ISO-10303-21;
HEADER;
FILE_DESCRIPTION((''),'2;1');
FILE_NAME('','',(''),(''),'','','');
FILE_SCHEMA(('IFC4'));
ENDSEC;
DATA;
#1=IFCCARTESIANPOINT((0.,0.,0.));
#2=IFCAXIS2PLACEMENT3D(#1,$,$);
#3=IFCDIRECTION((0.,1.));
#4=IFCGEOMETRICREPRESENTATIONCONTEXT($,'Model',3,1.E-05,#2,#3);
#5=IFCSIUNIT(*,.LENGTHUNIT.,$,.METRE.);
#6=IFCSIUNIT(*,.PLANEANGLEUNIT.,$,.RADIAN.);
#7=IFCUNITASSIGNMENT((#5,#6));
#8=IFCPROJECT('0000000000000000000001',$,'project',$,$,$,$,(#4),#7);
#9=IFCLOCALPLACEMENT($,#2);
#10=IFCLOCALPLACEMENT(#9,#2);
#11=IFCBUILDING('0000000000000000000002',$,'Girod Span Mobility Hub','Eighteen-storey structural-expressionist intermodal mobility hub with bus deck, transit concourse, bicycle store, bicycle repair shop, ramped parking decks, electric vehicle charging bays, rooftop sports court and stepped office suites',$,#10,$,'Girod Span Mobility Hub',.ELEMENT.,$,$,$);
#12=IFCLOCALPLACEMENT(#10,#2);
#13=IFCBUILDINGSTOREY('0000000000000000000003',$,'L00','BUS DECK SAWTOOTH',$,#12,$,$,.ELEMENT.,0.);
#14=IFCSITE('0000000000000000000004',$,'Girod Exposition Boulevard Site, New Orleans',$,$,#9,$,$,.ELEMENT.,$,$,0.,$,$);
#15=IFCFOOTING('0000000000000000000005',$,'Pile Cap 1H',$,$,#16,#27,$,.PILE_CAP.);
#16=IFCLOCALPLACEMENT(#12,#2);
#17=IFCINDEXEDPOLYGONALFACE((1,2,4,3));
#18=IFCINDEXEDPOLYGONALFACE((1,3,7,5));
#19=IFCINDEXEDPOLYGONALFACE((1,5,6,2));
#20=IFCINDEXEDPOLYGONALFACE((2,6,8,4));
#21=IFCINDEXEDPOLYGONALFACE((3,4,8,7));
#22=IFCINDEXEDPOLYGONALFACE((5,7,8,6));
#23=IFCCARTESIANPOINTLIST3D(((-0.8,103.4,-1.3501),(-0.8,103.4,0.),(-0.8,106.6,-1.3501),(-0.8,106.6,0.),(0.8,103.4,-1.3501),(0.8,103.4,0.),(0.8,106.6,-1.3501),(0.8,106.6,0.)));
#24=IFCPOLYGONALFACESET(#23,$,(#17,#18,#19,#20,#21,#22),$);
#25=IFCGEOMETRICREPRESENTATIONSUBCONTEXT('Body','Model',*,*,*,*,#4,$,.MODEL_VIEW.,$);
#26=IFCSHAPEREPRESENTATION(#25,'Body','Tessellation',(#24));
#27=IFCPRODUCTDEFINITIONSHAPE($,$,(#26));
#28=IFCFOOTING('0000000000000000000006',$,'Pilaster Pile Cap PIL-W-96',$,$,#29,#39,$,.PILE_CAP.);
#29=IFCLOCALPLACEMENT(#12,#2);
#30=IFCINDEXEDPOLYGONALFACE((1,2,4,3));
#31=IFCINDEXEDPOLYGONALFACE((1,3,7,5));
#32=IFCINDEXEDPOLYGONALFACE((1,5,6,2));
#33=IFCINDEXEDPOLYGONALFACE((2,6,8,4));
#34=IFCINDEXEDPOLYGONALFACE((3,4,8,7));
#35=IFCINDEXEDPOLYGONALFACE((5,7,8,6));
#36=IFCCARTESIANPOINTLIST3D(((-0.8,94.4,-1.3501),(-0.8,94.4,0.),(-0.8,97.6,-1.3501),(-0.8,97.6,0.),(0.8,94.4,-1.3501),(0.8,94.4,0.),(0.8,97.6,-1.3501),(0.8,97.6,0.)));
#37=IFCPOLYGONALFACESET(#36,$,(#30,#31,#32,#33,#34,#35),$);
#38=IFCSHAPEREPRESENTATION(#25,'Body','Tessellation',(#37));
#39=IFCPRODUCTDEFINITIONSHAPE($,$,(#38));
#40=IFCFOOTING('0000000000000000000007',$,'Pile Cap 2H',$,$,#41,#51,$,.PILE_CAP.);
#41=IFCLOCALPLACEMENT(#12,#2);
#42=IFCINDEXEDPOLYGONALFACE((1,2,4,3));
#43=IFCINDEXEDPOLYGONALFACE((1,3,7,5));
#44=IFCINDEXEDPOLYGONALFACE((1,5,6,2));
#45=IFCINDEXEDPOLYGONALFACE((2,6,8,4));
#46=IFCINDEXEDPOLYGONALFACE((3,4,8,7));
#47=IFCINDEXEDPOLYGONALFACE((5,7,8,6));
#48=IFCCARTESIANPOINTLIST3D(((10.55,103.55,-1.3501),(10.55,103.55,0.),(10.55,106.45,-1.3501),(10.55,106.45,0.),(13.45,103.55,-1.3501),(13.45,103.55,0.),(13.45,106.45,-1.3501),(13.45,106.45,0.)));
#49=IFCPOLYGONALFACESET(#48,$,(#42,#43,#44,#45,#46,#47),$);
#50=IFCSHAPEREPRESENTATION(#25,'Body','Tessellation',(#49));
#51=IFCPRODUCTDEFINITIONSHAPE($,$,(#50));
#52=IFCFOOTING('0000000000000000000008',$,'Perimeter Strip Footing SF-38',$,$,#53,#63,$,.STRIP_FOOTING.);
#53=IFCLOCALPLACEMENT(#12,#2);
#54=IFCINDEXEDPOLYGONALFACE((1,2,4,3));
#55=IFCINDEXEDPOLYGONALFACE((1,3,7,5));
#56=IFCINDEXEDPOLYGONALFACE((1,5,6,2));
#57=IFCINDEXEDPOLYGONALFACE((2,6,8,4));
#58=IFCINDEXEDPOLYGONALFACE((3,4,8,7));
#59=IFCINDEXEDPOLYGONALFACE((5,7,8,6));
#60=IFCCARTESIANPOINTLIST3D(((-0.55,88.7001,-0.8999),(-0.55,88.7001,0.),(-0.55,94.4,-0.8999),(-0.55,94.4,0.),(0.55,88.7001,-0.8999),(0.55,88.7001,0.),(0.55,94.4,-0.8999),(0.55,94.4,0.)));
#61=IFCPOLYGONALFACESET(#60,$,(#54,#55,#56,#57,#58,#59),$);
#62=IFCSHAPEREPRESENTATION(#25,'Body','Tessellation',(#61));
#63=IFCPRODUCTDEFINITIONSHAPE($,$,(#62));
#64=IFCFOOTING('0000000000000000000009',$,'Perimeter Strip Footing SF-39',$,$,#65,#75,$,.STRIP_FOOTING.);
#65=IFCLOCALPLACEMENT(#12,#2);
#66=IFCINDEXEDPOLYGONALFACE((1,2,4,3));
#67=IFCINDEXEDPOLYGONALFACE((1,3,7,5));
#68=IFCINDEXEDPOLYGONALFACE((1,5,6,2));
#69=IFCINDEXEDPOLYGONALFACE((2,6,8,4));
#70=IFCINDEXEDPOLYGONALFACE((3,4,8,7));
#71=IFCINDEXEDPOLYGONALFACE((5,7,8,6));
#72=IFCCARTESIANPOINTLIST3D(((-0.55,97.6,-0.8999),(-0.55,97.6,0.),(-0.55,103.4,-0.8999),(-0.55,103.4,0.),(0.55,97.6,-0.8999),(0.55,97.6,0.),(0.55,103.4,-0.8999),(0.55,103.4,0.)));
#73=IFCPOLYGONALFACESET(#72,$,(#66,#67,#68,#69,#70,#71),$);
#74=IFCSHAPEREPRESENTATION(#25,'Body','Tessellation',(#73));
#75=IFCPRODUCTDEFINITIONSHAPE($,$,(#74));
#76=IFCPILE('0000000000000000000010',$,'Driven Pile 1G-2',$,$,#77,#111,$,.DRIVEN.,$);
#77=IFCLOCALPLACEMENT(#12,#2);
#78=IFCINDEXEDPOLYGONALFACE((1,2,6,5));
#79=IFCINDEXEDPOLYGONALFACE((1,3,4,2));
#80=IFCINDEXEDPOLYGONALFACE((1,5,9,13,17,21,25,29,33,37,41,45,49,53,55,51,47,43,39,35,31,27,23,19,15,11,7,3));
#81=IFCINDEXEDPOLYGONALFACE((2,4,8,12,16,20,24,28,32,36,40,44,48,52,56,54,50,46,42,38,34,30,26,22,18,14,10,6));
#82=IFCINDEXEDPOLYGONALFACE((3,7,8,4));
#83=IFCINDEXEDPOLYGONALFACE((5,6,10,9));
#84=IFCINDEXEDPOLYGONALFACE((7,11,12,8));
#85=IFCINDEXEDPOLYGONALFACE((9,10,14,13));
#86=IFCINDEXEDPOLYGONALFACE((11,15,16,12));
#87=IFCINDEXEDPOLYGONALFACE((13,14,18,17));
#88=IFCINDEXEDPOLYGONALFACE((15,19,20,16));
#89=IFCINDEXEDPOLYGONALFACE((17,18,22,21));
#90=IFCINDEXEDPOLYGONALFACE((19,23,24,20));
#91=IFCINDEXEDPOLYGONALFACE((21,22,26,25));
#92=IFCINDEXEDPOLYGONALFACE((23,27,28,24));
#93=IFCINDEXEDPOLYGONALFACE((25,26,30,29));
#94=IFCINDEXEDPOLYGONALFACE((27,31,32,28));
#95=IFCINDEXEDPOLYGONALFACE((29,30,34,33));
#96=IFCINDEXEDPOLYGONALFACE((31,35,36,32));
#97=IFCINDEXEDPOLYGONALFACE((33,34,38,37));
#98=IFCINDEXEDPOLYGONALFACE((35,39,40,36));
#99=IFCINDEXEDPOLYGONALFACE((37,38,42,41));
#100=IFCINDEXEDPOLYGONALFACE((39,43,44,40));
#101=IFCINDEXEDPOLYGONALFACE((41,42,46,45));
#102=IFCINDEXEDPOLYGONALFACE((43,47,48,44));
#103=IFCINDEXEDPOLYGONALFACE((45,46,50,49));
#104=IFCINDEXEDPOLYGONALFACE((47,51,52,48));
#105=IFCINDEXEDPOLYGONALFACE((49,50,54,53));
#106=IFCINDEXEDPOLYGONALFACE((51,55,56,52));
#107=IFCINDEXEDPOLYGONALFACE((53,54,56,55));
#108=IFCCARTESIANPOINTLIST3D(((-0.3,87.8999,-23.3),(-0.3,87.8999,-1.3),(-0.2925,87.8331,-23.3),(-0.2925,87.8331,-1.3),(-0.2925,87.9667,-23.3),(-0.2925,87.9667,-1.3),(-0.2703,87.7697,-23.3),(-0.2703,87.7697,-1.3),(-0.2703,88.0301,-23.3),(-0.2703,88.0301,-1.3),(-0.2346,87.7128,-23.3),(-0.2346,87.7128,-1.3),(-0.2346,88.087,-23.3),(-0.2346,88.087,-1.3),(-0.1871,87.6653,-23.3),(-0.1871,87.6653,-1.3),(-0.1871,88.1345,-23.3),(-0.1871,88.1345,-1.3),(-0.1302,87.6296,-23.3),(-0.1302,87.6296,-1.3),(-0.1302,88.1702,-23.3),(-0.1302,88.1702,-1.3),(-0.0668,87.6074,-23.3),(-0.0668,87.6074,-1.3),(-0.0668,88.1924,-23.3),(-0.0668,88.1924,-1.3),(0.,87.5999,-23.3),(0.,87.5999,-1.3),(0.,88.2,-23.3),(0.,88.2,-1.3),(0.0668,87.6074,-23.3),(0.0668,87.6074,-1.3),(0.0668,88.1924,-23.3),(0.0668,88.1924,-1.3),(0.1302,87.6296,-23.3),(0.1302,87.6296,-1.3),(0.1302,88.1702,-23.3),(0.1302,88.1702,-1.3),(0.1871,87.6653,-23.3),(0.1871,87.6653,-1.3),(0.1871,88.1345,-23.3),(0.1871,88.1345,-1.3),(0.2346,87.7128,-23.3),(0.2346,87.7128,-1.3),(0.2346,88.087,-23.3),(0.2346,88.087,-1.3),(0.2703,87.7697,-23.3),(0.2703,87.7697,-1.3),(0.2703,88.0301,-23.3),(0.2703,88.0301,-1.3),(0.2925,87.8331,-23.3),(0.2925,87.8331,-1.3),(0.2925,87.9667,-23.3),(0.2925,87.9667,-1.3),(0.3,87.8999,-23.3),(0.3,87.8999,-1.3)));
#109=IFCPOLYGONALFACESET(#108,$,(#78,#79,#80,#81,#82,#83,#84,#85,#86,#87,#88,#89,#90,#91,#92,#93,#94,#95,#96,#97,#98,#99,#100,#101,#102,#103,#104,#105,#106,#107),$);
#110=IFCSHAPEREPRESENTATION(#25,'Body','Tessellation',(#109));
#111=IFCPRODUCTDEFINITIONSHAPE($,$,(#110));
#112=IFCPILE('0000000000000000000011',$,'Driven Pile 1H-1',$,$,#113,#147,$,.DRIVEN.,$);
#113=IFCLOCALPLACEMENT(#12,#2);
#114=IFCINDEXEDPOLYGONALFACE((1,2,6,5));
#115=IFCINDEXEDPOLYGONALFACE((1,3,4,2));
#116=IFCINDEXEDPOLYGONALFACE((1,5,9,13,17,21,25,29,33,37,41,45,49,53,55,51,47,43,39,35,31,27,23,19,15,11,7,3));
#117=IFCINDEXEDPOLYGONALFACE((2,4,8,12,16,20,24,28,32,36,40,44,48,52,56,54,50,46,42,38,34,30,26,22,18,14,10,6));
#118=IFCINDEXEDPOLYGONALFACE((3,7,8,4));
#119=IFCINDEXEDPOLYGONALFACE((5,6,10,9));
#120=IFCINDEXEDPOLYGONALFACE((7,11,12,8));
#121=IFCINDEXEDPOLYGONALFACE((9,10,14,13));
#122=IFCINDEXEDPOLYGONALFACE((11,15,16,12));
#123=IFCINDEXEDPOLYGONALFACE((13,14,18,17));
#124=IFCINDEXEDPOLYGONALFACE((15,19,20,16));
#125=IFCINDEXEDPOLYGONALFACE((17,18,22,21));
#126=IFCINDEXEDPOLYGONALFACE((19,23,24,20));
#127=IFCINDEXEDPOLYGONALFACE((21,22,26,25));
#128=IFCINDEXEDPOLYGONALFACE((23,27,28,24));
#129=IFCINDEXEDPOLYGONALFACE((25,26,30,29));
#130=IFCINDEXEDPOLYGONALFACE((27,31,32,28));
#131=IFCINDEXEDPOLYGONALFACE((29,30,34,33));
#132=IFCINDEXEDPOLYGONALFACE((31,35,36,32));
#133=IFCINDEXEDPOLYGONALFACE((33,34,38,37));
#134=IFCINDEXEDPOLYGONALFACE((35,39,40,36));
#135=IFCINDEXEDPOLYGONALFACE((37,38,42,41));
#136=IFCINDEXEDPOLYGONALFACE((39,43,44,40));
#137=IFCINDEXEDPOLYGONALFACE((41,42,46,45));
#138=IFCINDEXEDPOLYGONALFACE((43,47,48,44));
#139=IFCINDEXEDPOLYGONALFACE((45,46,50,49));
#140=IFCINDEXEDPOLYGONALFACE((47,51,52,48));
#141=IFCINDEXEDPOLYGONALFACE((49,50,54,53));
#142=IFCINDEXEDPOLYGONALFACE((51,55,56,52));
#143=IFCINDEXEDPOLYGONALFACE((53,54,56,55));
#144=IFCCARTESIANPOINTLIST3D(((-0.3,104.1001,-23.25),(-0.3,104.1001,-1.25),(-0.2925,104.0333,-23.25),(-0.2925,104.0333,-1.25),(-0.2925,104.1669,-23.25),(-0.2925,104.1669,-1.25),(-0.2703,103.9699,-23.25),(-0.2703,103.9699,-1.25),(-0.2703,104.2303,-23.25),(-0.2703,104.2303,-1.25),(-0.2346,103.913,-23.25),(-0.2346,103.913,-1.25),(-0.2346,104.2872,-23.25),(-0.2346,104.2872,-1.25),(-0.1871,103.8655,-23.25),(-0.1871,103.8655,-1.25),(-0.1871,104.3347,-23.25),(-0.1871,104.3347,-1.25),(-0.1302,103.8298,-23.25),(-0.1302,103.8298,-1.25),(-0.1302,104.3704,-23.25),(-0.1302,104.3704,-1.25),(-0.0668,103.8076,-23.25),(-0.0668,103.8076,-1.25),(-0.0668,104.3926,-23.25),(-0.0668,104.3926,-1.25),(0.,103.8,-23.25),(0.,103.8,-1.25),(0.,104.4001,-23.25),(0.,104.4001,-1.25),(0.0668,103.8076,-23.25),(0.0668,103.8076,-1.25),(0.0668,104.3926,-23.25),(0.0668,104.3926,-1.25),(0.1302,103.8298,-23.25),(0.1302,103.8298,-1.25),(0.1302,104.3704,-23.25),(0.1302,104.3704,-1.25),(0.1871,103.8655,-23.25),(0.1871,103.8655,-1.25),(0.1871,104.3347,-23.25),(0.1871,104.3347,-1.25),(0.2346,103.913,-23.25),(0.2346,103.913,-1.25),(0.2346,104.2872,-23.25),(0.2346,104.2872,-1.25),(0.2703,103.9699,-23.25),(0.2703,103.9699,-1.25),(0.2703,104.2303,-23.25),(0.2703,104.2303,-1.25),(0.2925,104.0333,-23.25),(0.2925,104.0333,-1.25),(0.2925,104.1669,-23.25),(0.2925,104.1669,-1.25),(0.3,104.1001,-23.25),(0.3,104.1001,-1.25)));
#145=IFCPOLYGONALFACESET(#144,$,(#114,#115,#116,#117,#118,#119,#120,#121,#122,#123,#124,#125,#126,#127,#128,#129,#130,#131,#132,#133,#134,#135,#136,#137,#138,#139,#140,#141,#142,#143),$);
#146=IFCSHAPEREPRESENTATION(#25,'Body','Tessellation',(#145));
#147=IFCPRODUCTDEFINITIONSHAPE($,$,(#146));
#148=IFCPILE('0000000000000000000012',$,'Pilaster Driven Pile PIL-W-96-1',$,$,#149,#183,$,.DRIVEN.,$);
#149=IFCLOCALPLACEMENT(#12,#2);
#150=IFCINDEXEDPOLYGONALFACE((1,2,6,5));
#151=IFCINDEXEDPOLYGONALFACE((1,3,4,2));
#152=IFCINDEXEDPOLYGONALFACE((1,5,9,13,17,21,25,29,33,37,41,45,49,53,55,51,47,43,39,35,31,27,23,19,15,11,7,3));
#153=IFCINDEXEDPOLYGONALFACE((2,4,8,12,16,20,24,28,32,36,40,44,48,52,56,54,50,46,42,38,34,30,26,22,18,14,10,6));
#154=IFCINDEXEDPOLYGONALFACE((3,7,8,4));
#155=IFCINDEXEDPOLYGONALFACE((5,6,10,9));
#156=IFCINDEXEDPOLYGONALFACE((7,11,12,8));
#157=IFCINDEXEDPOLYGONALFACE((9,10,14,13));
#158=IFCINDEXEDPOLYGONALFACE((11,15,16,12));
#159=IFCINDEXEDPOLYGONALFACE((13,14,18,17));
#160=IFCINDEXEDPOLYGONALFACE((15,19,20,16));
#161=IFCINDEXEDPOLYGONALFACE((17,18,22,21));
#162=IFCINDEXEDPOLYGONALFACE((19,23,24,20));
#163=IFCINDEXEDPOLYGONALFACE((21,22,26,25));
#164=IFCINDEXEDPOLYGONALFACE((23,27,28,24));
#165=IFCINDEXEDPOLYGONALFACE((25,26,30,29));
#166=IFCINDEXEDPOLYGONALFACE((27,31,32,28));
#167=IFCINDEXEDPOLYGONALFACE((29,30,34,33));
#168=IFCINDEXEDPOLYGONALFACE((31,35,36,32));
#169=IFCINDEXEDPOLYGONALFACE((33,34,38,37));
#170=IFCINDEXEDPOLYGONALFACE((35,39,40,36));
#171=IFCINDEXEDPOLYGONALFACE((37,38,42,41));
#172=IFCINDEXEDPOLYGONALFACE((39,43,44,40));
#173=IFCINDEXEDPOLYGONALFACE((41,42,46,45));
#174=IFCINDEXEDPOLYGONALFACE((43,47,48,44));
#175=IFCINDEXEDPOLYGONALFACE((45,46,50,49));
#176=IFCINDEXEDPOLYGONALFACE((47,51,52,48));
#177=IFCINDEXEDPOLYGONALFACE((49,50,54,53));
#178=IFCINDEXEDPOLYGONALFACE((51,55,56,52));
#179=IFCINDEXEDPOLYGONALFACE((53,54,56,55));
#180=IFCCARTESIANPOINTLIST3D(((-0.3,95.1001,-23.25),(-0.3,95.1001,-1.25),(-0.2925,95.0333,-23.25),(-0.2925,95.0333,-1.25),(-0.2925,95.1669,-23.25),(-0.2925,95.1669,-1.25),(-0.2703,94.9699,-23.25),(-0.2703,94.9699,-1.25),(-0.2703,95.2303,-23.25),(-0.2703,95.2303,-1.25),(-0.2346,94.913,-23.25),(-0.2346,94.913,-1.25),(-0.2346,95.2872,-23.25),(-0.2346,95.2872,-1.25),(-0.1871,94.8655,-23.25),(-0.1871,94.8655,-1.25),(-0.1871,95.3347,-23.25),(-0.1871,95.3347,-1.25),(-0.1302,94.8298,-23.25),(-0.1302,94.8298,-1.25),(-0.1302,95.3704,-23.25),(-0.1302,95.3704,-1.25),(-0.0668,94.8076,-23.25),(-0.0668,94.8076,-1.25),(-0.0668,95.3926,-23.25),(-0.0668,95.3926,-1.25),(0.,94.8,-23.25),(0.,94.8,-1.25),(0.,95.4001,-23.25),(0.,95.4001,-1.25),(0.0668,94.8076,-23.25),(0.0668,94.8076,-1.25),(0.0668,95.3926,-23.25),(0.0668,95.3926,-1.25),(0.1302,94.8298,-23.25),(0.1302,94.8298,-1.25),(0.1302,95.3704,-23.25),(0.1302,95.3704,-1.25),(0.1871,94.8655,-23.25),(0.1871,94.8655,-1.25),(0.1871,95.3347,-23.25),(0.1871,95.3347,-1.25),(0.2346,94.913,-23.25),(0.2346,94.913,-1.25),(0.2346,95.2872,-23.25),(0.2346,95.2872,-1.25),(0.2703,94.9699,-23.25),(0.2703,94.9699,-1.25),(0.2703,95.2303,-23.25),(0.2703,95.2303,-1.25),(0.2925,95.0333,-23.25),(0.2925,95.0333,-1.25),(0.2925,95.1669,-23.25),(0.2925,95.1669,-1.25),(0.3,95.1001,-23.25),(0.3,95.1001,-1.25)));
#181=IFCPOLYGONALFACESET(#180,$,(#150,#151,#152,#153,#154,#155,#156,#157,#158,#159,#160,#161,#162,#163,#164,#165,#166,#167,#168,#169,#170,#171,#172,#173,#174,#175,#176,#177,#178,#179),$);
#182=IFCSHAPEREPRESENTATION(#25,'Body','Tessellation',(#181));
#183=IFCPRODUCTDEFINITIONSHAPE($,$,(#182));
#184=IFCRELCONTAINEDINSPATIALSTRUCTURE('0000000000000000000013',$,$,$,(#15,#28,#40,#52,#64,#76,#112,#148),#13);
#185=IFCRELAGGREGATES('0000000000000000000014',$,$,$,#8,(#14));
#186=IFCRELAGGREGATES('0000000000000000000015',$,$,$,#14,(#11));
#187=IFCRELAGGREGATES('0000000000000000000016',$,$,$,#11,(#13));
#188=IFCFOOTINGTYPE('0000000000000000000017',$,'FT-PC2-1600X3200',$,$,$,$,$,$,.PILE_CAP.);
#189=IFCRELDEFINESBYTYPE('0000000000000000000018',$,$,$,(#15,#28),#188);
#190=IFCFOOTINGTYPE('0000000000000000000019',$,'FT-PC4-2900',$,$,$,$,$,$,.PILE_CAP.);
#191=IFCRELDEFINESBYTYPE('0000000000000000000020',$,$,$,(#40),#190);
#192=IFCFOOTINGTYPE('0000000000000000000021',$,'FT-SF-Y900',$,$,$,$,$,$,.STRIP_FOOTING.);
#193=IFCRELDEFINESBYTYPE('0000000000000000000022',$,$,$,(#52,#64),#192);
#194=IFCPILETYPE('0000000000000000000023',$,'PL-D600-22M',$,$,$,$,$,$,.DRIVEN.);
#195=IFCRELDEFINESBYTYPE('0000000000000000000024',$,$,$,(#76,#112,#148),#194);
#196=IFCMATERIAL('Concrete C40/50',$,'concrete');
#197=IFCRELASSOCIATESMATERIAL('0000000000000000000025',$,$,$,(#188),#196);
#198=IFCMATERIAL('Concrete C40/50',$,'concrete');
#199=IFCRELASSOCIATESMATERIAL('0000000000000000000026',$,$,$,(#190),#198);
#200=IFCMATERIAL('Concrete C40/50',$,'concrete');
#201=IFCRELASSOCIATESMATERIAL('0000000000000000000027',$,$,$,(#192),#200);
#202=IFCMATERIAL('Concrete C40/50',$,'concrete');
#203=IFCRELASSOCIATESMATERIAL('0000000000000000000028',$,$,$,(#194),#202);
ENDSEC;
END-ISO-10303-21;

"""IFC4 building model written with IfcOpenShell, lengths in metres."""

from ifc_helpers import new_model, si_unit, direction, frame, origin, origin_2d, place, context, subcontext, project, spatial, rectangle, circle, extrude, material, material_profile, profile_set, type_object, element, save


model = new_model("IFC4")

# Units and contexts
model_context = context("Model", 3, precision=1e-05, world=origin(), true_north=direction((0.0, 1.0)))
body_context = subcontext(model_context, "Body", "Model", "MODEL_VIEW")
ifc_project = project(units=[si_unit("LENGTHUNIT", "METRE"), si_unit("PLANEANGLEUNIT", "RADIAN")], contexts=[model_context])

# Site, building, storey
site_placement = place(None, origin())
site = spatial("IfcSite", under=ifc_project, at=site_placement, Name="Girod Exposition Boulevard Site, New Orleans", CompositionType="ELEMENT", RefElevation=0.0)
building_placement = place(site_placement, origin())
building = spatial("IfcBuilding", under=site, at=building_placement, Name="Girod Span Mobility Hub", Description="Eighteen-storey structural-expressionist intermodal mobility hub with bus deck, transit concourse, bicycle store, bicycle repair shop, ramped parking decks, electric vehicle charging bays, rooftop sports court and stepped office suites", LongName="Girod Span Mobility Hub", CompositionType="ELEMENT")
storey_placement = place(building_placement, origin())
storey = spatial("IfcBuildingStorey", under=building, at=storey_placement, Name="L00", Description="BUS DECK SAWTOOTH", CompositionType="ELEMENT", Elevation=0.0)

# Footings
ifc_material_1 = material(Name="Concrete C40/50", Category="concrete")
footing_type_1 = type_object("IfcFootingType", Name="FT-PC2-1600X3200", PredefinedType="PILE_CAP", material=ifc_material_1)
for number, where, z_axis, x_axis, name in (
    (1, (0.0, 105.0, -1.3501), (0.0, 0.0, 1.0), (1.0, 0.0, 0.0), "Pile Cap 1H"),
    (2, (0.0, 96.0, -1.3501), (0.0, 0.0, 1.0), (1.0, 0.0, 0.0), "Pilaster Pile Cap PIL-W-96"),
):
    element("IfcFooting", number, at=place(storey_placement, frame(where, z_axis=z_axis, x_axis=x_axis)), inside=storey, type_object=footing_type_1, Name=name, PredefinedType="PILE_CAP", context=body_context, shape_type="SweptSolid", body=[
        extrude(rectangle(XDim=1.6001, YDim=3.2, at=origin_2d()), origin(), (0.0, 0.0, 1.0), 1.3501),
    ])
ifc_material_2 = material(Name="Concrete C40/50", Category="concrete")
footing_type_2 = type_object("IfcFootingType", Name="FT-PC4-2900", PredefinedType="PILE_CAP", material=ifc_material_2)
footing_1_placement = place(storey_placement, frame((12.0, 105.0, -1.3501), z_axis=(0.0, 0.0, 1.0), x_axis=(1.0, 0.0, 0.0)))
element("IfcFooting", 3, at=footing_1_placement, inside=storey, type_object=footing_type_2, Name="Pile Cap 2H", PredefinedType="PILE_CAP", context=body_context, shape_type="SweptSolid", body=[
    extrude(rectangle(XDim=2.8999, YDim=2.8999, at=origin_2d()), origin(), (0.0, 0.0, 1.0), 1.3501),
])
ifc_material_3 = material(Name="Concrete C40/50", Category="concrete")
footing_type_3 = type_object("IfcFootingType", Name="FT-SF-Y900", PredefinedType="STRIP_FOOTING", material=ifc_material_3)
footing_2_placement = place(storey_placement, frame((0.0, 91.55, -0.8999), z_axis=(0.0, 0.0, 1.0), x_axis=(1.0, 0.0, 0.0)))
element("IfcFooting", 4, at=footing_2_placement, inside=storey, type_object=footing_type_3, Name="Perimeter Strip Footing SF-38", PredefinedType="STRIP_FOOTING", context=body_context, shape_type="SweptSolid", body=[
    extrude(rectangle(XDim=1.1001, YDim=5.7, at=origin_2d()), origin(), (0.0, 0.0, 1.0), 0.8999),
])
footing_3_placement = place(storey_placement, frame((0.0, 100.5, -0.8999), z_axis=(0.0, 0.0, 1.0), x_axis=(1.0, 0.0, 0.0)))
element("IfcFooting", 5, at=footing_3_placement, inside=storey, type_object=footing_type_3, Name="Perimeter Strip Footing SF-39", PredefinedType="STRIP_FOOTING", context=body_context, shape_type="SweptSolid", body=[
    extrude(rectangle(XDim=1.1001, YDim=5.8, at=origin_2d()), origin(), (0.0, 0.0, 1.0), 0.8999),
])

# Piles
ifc_material_4 = material(Name="Concrete C40/50", Category="concrete")
ifc_material_profile_1 = material_profile(ifc_material_4, circle(Radius=0.3, at=origin_2d()), Name="PILE-D600")
ifc_profile_set_1 = profile_set([ifc_material_profile_1], Name="Concrete C40/50")
pile_type_1 = type_object("IfcPileType", Name="PL-D600-22M", PredefinedType="DRIVEN", material=ifc_profile_set_1)
for number, where, z_axis, x_axis, name in (
    (6, (0.0, 87.8999, -1.3), (0.0, 0.0, -1.0), (1.0, 0.0, 0.0), "Driven Pile 1G-2"),
    (7, (0.0, 104.1001, -1.25), (0.0, 0.0, -1.0), (1.0, 0.0, 0.0), "Driven Pile 1H-1"),
    (8, (0.0, 95.1001, -1.25), (0.0, 0.0, -1.0), (1.0, 0.0, 0.0), "Pilaster Driven Pile PIL-W-96-1"),
):
    element("IfcPile", number, at=place(storey_placement, frame(where, z_axis=z_axis, x_axis=x_axis)), inside=storey, type_object=pile_type_1, Name=name, PredefinedType="DRIVEN", context=body_context, shape_type="SweptSolid", body=[
        extrude(circle(Radius=0.3, at=origin_2d()), origin(), (0.0, 0.0, 1.0), 22.0),
    ])

save(model, "model.ifc")
